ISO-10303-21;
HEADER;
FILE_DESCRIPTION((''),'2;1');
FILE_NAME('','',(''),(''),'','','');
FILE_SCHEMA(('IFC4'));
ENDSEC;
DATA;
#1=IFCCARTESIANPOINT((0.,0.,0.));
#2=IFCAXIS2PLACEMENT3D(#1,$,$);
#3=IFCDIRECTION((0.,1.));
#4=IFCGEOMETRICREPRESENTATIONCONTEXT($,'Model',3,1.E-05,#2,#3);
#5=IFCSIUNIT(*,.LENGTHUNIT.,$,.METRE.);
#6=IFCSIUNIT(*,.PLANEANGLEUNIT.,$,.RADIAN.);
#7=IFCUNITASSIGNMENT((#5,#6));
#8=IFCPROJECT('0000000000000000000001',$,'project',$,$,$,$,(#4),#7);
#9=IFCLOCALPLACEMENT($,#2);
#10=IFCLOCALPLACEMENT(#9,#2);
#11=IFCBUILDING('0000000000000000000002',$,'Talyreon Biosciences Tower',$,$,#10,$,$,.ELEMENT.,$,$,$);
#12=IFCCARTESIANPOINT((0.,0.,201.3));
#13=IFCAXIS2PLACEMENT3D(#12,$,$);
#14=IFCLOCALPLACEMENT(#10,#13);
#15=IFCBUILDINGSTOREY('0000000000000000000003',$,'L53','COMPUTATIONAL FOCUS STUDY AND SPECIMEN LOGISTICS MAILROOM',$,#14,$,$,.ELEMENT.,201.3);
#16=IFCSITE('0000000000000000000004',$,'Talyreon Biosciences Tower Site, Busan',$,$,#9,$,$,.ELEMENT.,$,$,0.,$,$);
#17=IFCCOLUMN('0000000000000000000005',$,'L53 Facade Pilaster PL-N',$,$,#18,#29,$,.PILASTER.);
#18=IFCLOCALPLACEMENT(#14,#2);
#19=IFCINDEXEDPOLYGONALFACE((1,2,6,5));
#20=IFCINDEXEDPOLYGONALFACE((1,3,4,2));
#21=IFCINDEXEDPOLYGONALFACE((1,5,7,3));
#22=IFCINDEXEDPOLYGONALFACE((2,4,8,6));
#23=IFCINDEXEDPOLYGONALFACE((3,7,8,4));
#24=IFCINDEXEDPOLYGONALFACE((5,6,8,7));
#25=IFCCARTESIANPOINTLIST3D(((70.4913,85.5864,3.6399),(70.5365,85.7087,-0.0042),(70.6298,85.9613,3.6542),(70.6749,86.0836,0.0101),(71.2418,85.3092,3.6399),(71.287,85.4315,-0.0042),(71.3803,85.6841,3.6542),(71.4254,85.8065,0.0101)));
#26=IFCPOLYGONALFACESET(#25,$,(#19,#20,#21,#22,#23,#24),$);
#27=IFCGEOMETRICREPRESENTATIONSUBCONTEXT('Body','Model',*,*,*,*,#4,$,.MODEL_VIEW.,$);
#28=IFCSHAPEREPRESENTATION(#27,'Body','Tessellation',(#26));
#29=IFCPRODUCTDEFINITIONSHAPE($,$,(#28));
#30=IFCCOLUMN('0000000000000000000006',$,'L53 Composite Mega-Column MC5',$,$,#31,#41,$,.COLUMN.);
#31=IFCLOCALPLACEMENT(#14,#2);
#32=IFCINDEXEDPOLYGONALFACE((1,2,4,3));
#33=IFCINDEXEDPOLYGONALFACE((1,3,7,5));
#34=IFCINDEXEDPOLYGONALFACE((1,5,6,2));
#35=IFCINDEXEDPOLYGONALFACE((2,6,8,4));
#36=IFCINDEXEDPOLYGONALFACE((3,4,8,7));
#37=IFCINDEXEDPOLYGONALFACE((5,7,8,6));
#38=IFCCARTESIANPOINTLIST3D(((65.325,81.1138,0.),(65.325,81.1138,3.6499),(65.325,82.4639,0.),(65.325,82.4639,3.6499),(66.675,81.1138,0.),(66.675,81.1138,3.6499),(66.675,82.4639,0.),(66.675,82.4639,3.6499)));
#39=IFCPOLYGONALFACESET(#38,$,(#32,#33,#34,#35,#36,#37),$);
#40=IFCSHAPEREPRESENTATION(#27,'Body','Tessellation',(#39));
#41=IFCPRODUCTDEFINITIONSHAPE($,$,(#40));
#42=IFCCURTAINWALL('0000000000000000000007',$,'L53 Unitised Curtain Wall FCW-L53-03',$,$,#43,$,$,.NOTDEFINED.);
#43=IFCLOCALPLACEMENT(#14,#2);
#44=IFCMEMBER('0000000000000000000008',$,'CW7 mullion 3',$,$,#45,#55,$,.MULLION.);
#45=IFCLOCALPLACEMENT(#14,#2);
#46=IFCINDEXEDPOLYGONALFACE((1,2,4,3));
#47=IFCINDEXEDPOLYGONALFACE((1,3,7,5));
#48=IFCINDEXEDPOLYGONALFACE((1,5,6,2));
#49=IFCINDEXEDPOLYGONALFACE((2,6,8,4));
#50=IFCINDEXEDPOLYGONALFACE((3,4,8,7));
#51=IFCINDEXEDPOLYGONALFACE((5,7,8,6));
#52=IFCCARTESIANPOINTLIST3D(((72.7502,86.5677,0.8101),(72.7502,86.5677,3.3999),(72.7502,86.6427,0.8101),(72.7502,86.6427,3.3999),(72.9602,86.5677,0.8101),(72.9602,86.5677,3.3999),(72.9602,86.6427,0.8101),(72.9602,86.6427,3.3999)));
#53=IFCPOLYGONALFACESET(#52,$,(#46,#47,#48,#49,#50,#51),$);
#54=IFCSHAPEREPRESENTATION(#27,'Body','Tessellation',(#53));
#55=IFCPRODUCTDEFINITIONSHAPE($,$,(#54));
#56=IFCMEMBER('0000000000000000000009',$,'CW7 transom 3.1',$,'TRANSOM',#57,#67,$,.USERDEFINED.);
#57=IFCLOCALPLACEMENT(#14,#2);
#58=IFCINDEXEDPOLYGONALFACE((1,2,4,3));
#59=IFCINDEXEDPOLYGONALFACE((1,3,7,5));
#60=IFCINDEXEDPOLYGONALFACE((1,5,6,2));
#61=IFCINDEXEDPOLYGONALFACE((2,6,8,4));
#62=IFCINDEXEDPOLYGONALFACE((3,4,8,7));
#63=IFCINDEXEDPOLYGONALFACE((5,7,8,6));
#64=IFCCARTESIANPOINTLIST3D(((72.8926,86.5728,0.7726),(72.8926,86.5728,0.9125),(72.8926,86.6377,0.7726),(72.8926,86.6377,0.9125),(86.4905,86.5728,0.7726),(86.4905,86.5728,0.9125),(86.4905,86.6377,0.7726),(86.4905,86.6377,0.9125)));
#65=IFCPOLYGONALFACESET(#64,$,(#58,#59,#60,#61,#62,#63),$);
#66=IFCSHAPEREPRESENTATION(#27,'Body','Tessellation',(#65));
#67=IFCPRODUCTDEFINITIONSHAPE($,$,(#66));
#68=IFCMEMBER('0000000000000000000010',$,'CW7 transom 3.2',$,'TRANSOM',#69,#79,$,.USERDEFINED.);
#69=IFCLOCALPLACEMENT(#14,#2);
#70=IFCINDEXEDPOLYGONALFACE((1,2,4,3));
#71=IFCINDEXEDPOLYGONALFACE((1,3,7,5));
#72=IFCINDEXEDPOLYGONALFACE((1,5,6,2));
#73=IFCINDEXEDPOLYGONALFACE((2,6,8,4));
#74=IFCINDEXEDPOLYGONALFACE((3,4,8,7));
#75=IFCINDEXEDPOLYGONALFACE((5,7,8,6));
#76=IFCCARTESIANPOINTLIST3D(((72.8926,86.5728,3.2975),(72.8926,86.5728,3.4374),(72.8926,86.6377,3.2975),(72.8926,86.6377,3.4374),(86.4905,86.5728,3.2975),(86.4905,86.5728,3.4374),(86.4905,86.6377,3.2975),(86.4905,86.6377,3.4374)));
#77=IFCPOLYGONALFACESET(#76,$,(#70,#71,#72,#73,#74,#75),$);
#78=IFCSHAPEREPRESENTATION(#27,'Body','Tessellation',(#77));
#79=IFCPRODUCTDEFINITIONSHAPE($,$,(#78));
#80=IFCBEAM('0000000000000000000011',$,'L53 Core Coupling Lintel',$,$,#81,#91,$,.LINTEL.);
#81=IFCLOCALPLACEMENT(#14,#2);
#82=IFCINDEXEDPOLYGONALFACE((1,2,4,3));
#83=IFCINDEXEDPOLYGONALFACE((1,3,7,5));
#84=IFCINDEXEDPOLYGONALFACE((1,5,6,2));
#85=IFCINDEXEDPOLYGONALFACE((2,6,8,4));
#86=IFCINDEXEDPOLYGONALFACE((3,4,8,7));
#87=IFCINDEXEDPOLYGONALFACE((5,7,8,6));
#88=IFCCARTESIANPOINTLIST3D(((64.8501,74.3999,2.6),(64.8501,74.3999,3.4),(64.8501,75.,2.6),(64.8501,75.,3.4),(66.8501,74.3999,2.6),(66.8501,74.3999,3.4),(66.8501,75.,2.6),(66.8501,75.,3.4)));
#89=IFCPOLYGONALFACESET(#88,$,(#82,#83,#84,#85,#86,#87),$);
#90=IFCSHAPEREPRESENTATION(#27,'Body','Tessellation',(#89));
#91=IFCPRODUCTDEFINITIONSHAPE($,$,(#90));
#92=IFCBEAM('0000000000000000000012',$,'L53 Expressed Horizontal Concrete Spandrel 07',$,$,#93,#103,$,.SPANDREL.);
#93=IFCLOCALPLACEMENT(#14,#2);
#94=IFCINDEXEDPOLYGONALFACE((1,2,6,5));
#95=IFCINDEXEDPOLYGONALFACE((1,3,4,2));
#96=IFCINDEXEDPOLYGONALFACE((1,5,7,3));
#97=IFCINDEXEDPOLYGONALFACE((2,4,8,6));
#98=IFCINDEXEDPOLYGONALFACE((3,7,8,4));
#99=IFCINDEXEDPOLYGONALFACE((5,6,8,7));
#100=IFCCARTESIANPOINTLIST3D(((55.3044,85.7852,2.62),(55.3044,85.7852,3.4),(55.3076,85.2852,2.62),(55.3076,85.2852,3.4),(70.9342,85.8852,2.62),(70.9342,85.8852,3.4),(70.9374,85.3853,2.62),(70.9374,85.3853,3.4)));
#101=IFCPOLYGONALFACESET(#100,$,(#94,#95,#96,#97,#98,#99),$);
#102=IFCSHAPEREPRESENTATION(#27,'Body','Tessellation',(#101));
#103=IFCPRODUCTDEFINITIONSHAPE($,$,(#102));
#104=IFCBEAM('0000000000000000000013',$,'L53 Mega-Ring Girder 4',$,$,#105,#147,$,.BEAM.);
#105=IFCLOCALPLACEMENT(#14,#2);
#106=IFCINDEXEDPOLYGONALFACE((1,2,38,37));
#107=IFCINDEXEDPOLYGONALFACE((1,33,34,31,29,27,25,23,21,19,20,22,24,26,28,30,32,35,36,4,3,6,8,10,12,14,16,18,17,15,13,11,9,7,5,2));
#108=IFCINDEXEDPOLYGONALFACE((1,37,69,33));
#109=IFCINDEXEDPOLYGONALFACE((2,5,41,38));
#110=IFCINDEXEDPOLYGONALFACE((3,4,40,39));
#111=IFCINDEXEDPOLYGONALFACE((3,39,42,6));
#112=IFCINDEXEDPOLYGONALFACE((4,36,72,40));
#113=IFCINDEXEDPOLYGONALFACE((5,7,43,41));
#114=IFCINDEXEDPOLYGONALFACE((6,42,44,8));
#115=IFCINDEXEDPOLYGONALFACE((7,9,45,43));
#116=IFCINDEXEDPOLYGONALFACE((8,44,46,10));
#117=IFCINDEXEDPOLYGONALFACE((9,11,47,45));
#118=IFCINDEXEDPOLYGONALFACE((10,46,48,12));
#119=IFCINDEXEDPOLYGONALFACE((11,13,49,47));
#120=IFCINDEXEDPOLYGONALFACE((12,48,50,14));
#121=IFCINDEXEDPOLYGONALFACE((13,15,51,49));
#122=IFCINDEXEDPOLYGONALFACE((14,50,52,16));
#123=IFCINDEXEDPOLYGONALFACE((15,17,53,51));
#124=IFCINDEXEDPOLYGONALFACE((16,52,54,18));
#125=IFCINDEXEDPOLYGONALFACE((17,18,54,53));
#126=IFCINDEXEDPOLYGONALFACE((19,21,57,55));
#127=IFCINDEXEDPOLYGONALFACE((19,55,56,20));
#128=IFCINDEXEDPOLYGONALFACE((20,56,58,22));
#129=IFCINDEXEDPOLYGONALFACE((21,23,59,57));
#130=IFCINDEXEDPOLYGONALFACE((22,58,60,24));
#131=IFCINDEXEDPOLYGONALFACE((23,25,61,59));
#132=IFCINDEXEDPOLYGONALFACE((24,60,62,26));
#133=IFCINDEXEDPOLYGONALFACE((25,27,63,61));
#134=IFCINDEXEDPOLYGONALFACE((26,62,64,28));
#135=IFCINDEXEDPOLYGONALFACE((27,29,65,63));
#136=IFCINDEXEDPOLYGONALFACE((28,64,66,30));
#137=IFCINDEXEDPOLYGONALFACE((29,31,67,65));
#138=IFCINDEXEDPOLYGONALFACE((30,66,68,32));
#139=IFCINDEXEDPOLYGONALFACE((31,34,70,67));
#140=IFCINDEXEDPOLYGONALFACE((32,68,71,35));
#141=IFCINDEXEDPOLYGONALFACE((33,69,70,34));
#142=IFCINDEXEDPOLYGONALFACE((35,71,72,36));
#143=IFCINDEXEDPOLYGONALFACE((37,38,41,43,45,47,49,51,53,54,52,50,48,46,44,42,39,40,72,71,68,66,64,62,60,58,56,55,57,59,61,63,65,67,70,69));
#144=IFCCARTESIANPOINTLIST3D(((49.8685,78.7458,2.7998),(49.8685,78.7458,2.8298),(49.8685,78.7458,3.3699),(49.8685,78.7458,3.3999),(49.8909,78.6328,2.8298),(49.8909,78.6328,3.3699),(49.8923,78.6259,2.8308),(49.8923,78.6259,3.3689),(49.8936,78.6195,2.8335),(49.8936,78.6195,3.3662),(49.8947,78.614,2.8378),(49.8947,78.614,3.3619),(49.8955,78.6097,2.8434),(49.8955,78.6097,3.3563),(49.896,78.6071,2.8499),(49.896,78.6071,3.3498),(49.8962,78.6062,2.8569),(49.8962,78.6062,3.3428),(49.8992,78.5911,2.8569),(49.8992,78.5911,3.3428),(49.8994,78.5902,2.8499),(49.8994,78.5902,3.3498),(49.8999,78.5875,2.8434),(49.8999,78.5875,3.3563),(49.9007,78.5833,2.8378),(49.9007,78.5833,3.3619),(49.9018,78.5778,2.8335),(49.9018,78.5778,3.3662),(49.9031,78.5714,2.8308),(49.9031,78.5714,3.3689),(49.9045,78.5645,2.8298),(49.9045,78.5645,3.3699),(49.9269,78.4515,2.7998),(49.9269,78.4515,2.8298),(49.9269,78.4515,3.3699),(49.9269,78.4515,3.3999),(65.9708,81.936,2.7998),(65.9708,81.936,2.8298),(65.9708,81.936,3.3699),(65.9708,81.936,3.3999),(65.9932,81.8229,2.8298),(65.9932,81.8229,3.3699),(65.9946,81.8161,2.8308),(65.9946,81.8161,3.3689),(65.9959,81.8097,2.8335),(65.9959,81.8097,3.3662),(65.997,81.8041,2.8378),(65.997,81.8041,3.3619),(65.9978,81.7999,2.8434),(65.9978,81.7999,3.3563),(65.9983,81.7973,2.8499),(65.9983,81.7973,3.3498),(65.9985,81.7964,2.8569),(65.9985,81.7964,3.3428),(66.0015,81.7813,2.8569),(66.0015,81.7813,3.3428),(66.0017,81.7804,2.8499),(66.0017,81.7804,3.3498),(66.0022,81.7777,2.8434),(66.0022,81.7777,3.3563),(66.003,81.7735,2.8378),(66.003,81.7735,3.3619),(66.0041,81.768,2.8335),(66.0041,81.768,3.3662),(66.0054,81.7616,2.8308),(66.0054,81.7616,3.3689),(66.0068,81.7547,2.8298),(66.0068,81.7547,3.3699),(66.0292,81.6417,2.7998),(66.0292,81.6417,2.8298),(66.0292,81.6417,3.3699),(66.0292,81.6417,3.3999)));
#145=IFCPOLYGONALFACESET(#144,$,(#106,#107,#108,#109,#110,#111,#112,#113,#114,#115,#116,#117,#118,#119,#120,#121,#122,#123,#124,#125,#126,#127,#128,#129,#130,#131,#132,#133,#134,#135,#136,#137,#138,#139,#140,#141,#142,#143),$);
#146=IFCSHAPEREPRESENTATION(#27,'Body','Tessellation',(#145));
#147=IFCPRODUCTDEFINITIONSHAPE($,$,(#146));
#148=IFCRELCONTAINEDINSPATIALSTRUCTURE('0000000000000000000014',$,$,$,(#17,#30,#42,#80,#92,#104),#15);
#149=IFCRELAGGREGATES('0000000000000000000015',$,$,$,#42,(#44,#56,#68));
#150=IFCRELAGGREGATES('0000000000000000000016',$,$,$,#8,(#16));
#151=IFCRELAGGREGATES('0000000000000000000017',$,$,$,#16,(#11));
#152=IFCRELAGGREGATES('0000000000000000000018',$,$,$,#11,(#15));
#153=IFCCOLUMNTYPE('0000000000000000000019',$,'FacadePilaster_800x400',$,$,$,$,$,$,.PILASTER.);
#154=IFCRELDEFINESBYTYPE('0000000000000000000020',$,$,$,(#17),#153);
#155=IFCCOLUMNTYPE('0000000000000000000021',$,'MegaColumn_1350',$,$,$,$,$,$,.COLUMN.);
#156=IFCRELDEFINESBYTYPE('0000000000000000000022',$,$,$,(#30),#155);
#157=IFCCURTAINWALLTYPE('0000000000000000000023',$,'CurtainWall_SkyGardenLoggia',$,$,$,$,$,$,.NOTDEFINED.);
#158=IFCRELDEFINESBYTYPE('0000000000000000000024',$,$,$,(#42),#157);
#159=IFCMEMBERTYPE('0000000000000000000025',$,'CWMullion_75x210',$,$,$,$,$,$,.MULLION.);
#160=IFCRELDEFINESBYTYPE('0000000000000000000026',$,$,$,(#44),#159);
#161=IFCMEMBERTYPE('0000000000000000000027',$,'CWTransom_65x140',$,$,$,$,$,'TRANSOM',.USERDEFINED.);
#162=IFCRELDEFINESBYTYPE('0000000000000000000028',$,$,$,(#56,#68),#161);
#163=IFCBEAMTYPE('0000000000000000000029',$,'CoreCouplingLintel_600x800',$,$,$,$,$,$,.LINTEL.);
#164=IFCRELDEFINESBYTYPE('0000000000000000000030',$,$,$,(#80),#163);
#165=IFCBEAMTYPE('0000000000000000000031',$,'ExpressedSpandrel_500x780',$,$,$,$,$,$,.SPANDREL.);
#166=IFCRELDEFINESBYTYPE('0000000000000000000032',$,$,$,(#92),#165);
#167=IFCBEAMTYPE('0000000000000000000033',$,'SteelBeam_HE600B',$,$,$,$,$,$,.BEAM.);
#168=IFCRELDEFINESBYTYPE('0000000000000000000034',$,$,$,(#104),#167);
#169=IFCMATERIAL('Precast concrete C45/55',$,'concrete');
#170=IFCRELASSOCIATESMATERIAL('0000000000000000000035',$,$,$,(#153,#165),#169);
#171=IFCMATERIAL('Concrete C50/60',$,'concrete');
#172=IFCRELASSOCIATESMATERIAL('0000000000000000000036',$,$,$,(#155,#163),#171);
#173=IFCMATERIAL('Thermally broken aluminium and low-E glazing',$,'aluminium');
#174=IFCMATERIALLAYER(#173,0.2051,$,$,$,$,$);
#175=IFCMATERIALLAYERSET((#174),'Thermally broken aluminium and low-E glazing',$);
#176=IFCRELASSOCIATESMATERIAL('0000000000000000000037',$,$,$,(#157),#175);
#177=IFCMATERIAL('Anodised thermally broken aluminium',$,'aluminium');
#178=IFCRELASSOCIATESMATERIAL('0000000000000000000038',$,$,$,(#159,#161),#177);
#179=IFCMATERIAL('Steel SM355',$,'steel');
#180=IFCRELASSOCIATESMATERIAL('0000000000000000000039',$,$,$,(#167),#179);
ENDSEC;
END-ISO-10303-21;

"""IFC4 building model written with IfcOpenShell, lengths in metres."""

from ifc_helpers import new_model, si_unit, direction, frame, origin, origin_2d, place, context, subcontext, project, spatial, rectangle, i_section, extrude, material, layer, layer_set, material_profile, profile_set, type_object, element, aggregate, save


model = new_model("IFC4")

# Units and contexts
model_context = context("Model", 3, precision=1e-05, world=origin(), true_north=direction((0.0, 1.0)))
body_context = subcontext(model_context, "Body", "Model", "MODEL_VIEW")
ifc_project = project(units=[si_unit("LENGTHUNIT", "METRE"), si_unit("PLANEANGLEUNIT", "RADIAN")], contexts=[model_context])

# Site, building, storey
site_placement = place(None, origin())
site = spatial("IfcSite", under=ifc_project, at=site_placement, Name="Talyreon Biosciences Tower Site, Busan", CompositionType="ELEMENT", RefElevation=0.0)
building_placement = place(site_placement, origin())
building = spatial("IfcBuilding", under=site, at=building_placement, Name="Talyreon Biosciences Tower", CompositionType="ELEMENT")
storey_placement = place(building_placement, frame((0.0, 0.0, 201.3)))
storey = spatial("IfcBuildingStorey", under=building, at=storey_placement, Name="L53", Description="COMPUTATIONAL FOCUS STUDY AND SPECIMEN LOGISTICS MAILROOM", CompositionType="ELEMENT", Elevation=201.3)

# Columns
ifc_material_1 = material(Name="Precast concrete C45/55", Category="concrete")
ifc_material_profile_1 = material_profile(ifc_material_1, rectangle(XDim=0.8, YDim=0.3999, at=origin_2d()), Name="RC 800x400")
ifc_profile_set_1 = profile_set([ifc_material_profile_1], Name="Precast concrete C45/55")
column_type_1 = type_object("IfcColumnType", Name="FacadePilaster_800x400", PredefinedType="PILASTER", material=ifc_profile_set_1)
column_1_placement = place(storey_placement, frame((70.981, 85.7576, 0.0029), z_axis=(-0.012387, -0.033544, 0.99936), x_axis=(-0.938087, 0.346399, 0.0)))
element("IfcColumn", 1, at=column_1_placement, inside=storey, type_object=column_type_1, Name="L53 Facade Pilaster PL-N", PredefinedType="PILASTER", context=body_context, shape_type="SweptSolid", body=[
    extrude(rectangle(XDim=0.8, YDim=0.3999, at=origin_2d()), origin(), (0.0, 0.0, 1.0), 3.6465),
])
ifc_material_2 = material(Name="Concrete C50/60", Category="concrete")
ifc_material_profile_2 = material_profile(ifc_material_2, rectangle(XDim=1.3501, YDim=1.3501, at=origin_2d()), Name="RC 1350x1350")
ifc_profile_set_2 = profile_set([ifc_material_profile_2], Name="Concrete C50/60")
column_type_2 = type_object("IfcColumnType", Name="MegaColumn_1350", PredefinedType="COLUMN", material=ifc_profile_set_2)
column_2_placement = place(storey_placement, frame((66.0, 81.7888, 0.0), z_axis=(0.0, 0.0, 1.0), x_axis=(1.0, 0.0, 0.0)))
element("IfcColumn", 2, at=column_2_placement, inside=storey, type_object=column_type_2, Name="L53 Composite Mega-Column MC5", PredefinedType="COLUMN", context=body_context, shape_type="SweptSolid", body=[
    extrude(rectangle(XDim=1.3501, YDim=1.3501, at=origin_2d()), origin(), (0.0, 0.0, 1.0), 3.6499),
])

# Curtain wall, members
ifc_material_3 = material(Name="Thermally broken aluminium and low-E glazing", Category="aluminium")
ifc_layer_1 = layer(ifc_material_3, 0.2051)
ifc_layer_set_1 = layer_set([ifc_layer_1], Name="Thermally broken aluminium and low-E glazing")
curtain_wall_type = type_object("IfcCurtainWallType", Name="CurtainWall_SkyGardenLoggia", PredefinedType="NOTDEFINED", material=ifc_layer_set_1)
curtain_wall_placement = place(storey_placement, origin())
curtain_wall = element("IfcCurtainWall", 3, at=curtain_wall_placement, inside=storey, type_object=curtain_wall_type, Name="L53 Unitised Curtain Wall FCW-L53-03", PredefinedType="NOTDEFINED")
ifc_material_4 = material(Name="Anodised thermally broken aluminium", Category="aluminium")
ifc_material_profile_3 = material_profile(ifc_material_4, rectangle(XDim=0.075, YDim=0.21, at=origin_2d()), Name="ALUM MULLION 75x210")
ifc_profile_set_3 = profile_set([ifc_material_profile_3], Name="Anodised thermally broken aluminium")
member_type_1 = type_object("IfcMemberType", Name="CWMullion_75x210", PredefinedType="MULLION", material=ifc_profile_set_3)
member_1_placement = place(storey_placement, frame((72.8552, 86.6052, 0.8101), z_axis=(0.0, 0.0, 1.0), x_axis=(0.0, 1.0, 0.0)))
member_1 = element("IfcMember", 4, at=member_1_placement, type_object=member_type_1, Name="CW7 mullion 3", PredefinedType="MULLION", context=body_context, shape_type="SweptSolid", body=[
    extrude(rectangle(XDim=0.075, YDim=0.21, at=origin_2d()), origin(), (0.0, 0.0, 1.0), 2.5898),
])
ifc_material_profile_4 = material_profile(ifc_material_4, rectangle(XDim=0.0649, YDim=0.1399, at=origin_2d()), Name="ALUM TRANSOM 65x140")
ifc_profile_set_4 = profile_set([ifc_material_profile_4], Name="Anodised thermally broken aluminium")
member_type_2 = type_object("IfcMemberType", Name="CWTransom_65x140", ElementType="TRANSOM", PredefinedType="USERDEFINED", material=ifc_profile_set_4)
member_2_placement = place(storey_placement, frame((72.8926, 86.6052, 0.8425), z_axis=(1.0, 0.0, 0.0), x_axis=(0.0, 1.0, 0.0)))
member_2 = element("IfcMember", 5, at=member_2_placement, type_object=member_type_2, Name="CW7 transom 3.1", ObjectType="TRANSOM", PredefinedType="USERDEFINED", context=body_context, shape_type="SweptSolid", body=[
    extrude(rectangle(XDim=0.0649, YDim=0.1399, at=origin_2d()), origin(), (0.0, 0.0, 1.0), 13.5979),
])
member_3_placement = place(storey_placement, frame((72.8926, 86.6052, 3.3674), z_axis=(1.0, 0.0, 0.0), x_axis=(0.0, 1.0, 0.0)))
member_3 = element("IfcMember", 6, at=member_3_placement, type_object=member_type_2, Name="CW7 transom 3.2", ObjectType="TRANSOM", PredefinedType="USERDEFINED", context=body_context, shape_type="SweptSolid", body=[
    extrude(rectangle(XDim=0.0649, YDim=0.1399, at=origin_2d()), origin(), (0.0, 0.0, 1.0), 13.5979),
])

# Beams
ifc_material_profile_5 = material_profile(ifc_material_2, rectangle(XDim=0.6001, YDim=0.8, at=origin_2d()), Name="RCB 600x800")
ifc_profile_set_5 = profile_set([ifc_material_profile_5], Name="Concrete C50/60")
beam_type_1 = type_object("IfcBeamType", Name="CoreCouplingLintel_600x800", PredefinedType="LINTEL", material=ifc_profile_set_5)
beam_1_placement = place(storey_placement, frame((64.8501, 74.7, 3.0), z_axis=(1.0, 0.0, 0.0), x_axis=(0.0, 1.0, 0.0)))
element("IfcBeam", 7, at=beam_1_placement, inside=storey, type_object=beam_type_1, Name="L53 Core Coupling Lintel", PredefinedType="LINTEL", context=body_context, shape_type="SweptSolid", body=[
    extrude(rectangle(XDim=0.6001, YDim=0.8, at=origin_2d()), origin(), (0.0, 0.0, 1.0), 2.0),
])
ifc_material_profile_6 = material_profile(ifc_material_1, rectangle(XDim=0.5, YDim=0.78, at=origin_2d()), Name="RCB 500x780")
ifc_profile_set_6 = profile_set([ifc_material_profile_6], Name="Precast concrete C45/55")
beam_type_2 = type_object("IfcBeamType", Name="ExpressedSpandrel_500x780", PredefinedType="SPANDREL", material=ifc_profile_set_6)
beam_2_placement = place(storey_placement, frame((70.9358, 85.6353, 3.01), z_axis=(-0.999979, -0.006404, 0.0), x_axis=(0.006404, -0.999979, 0.0)))
element("IfcBeam", 8, at=beam_2_placement, inside=storey, type_object=beam_type_2, Name="L53 Expressed Horizontal Concrete Spandrel 07", PredefinedType="SPANDREL", context=body_context, shape_type="SweptSolid", body=[
    extrude(rectangle(XDim=0.5, YDim=0.78, at=origin_2d()), origin(), (0.0, 0.0, 1.0), 15.6301),
])
ifc_material_5 = material(Name="Steel SM355", Category="steel")
ifc_material_profile_7 = material_profile(ifc_material_5, i_section(OverallWidth=0.3, OverallDepth=0.6001, WebThickness=0.0154, FlangeThickness=0.03, FilletRadius=0.0271, at=origin_2d()), Name="HE600B")
ifc_profile_set_7 = profile_set([ifc_material_profile_7], Name="Steel SM355")
beam_type_3 = type_object("IfcBeamType", Name="SteelBeam_HE600B", PredefinedType="BEAM", material=ifc_profile_set_7)
beam_3_placement = place(storey_placement, frame((66.0, 81.7888, 3.0999), z_axis=(-0.980934, -0.194343, 0.0), x_axis=(0.194343, -0.980934, 0.0)))
element("IfcBeam", 9, at=beam_3_placement, inside=storey, type_object=beam_type_3, Name="L53 Mega-Ring Girder 4", PredefinedType="BEAM", context=body_context, shape_type="SweptSolid", body=[
    extrude(i_section(OverallWidth=0.3, OverallDepth=0.6001, WebThickness=0.0154, FlangeThickness=0.03, FilletRadius=0.0271, at=origin_2d()), origin(), (0.0, 0.0, 1.0), 16.4153),
])

aggregate(curtain_wall, [member_1, member_2, member_3])

save(model, "model.ifc")
